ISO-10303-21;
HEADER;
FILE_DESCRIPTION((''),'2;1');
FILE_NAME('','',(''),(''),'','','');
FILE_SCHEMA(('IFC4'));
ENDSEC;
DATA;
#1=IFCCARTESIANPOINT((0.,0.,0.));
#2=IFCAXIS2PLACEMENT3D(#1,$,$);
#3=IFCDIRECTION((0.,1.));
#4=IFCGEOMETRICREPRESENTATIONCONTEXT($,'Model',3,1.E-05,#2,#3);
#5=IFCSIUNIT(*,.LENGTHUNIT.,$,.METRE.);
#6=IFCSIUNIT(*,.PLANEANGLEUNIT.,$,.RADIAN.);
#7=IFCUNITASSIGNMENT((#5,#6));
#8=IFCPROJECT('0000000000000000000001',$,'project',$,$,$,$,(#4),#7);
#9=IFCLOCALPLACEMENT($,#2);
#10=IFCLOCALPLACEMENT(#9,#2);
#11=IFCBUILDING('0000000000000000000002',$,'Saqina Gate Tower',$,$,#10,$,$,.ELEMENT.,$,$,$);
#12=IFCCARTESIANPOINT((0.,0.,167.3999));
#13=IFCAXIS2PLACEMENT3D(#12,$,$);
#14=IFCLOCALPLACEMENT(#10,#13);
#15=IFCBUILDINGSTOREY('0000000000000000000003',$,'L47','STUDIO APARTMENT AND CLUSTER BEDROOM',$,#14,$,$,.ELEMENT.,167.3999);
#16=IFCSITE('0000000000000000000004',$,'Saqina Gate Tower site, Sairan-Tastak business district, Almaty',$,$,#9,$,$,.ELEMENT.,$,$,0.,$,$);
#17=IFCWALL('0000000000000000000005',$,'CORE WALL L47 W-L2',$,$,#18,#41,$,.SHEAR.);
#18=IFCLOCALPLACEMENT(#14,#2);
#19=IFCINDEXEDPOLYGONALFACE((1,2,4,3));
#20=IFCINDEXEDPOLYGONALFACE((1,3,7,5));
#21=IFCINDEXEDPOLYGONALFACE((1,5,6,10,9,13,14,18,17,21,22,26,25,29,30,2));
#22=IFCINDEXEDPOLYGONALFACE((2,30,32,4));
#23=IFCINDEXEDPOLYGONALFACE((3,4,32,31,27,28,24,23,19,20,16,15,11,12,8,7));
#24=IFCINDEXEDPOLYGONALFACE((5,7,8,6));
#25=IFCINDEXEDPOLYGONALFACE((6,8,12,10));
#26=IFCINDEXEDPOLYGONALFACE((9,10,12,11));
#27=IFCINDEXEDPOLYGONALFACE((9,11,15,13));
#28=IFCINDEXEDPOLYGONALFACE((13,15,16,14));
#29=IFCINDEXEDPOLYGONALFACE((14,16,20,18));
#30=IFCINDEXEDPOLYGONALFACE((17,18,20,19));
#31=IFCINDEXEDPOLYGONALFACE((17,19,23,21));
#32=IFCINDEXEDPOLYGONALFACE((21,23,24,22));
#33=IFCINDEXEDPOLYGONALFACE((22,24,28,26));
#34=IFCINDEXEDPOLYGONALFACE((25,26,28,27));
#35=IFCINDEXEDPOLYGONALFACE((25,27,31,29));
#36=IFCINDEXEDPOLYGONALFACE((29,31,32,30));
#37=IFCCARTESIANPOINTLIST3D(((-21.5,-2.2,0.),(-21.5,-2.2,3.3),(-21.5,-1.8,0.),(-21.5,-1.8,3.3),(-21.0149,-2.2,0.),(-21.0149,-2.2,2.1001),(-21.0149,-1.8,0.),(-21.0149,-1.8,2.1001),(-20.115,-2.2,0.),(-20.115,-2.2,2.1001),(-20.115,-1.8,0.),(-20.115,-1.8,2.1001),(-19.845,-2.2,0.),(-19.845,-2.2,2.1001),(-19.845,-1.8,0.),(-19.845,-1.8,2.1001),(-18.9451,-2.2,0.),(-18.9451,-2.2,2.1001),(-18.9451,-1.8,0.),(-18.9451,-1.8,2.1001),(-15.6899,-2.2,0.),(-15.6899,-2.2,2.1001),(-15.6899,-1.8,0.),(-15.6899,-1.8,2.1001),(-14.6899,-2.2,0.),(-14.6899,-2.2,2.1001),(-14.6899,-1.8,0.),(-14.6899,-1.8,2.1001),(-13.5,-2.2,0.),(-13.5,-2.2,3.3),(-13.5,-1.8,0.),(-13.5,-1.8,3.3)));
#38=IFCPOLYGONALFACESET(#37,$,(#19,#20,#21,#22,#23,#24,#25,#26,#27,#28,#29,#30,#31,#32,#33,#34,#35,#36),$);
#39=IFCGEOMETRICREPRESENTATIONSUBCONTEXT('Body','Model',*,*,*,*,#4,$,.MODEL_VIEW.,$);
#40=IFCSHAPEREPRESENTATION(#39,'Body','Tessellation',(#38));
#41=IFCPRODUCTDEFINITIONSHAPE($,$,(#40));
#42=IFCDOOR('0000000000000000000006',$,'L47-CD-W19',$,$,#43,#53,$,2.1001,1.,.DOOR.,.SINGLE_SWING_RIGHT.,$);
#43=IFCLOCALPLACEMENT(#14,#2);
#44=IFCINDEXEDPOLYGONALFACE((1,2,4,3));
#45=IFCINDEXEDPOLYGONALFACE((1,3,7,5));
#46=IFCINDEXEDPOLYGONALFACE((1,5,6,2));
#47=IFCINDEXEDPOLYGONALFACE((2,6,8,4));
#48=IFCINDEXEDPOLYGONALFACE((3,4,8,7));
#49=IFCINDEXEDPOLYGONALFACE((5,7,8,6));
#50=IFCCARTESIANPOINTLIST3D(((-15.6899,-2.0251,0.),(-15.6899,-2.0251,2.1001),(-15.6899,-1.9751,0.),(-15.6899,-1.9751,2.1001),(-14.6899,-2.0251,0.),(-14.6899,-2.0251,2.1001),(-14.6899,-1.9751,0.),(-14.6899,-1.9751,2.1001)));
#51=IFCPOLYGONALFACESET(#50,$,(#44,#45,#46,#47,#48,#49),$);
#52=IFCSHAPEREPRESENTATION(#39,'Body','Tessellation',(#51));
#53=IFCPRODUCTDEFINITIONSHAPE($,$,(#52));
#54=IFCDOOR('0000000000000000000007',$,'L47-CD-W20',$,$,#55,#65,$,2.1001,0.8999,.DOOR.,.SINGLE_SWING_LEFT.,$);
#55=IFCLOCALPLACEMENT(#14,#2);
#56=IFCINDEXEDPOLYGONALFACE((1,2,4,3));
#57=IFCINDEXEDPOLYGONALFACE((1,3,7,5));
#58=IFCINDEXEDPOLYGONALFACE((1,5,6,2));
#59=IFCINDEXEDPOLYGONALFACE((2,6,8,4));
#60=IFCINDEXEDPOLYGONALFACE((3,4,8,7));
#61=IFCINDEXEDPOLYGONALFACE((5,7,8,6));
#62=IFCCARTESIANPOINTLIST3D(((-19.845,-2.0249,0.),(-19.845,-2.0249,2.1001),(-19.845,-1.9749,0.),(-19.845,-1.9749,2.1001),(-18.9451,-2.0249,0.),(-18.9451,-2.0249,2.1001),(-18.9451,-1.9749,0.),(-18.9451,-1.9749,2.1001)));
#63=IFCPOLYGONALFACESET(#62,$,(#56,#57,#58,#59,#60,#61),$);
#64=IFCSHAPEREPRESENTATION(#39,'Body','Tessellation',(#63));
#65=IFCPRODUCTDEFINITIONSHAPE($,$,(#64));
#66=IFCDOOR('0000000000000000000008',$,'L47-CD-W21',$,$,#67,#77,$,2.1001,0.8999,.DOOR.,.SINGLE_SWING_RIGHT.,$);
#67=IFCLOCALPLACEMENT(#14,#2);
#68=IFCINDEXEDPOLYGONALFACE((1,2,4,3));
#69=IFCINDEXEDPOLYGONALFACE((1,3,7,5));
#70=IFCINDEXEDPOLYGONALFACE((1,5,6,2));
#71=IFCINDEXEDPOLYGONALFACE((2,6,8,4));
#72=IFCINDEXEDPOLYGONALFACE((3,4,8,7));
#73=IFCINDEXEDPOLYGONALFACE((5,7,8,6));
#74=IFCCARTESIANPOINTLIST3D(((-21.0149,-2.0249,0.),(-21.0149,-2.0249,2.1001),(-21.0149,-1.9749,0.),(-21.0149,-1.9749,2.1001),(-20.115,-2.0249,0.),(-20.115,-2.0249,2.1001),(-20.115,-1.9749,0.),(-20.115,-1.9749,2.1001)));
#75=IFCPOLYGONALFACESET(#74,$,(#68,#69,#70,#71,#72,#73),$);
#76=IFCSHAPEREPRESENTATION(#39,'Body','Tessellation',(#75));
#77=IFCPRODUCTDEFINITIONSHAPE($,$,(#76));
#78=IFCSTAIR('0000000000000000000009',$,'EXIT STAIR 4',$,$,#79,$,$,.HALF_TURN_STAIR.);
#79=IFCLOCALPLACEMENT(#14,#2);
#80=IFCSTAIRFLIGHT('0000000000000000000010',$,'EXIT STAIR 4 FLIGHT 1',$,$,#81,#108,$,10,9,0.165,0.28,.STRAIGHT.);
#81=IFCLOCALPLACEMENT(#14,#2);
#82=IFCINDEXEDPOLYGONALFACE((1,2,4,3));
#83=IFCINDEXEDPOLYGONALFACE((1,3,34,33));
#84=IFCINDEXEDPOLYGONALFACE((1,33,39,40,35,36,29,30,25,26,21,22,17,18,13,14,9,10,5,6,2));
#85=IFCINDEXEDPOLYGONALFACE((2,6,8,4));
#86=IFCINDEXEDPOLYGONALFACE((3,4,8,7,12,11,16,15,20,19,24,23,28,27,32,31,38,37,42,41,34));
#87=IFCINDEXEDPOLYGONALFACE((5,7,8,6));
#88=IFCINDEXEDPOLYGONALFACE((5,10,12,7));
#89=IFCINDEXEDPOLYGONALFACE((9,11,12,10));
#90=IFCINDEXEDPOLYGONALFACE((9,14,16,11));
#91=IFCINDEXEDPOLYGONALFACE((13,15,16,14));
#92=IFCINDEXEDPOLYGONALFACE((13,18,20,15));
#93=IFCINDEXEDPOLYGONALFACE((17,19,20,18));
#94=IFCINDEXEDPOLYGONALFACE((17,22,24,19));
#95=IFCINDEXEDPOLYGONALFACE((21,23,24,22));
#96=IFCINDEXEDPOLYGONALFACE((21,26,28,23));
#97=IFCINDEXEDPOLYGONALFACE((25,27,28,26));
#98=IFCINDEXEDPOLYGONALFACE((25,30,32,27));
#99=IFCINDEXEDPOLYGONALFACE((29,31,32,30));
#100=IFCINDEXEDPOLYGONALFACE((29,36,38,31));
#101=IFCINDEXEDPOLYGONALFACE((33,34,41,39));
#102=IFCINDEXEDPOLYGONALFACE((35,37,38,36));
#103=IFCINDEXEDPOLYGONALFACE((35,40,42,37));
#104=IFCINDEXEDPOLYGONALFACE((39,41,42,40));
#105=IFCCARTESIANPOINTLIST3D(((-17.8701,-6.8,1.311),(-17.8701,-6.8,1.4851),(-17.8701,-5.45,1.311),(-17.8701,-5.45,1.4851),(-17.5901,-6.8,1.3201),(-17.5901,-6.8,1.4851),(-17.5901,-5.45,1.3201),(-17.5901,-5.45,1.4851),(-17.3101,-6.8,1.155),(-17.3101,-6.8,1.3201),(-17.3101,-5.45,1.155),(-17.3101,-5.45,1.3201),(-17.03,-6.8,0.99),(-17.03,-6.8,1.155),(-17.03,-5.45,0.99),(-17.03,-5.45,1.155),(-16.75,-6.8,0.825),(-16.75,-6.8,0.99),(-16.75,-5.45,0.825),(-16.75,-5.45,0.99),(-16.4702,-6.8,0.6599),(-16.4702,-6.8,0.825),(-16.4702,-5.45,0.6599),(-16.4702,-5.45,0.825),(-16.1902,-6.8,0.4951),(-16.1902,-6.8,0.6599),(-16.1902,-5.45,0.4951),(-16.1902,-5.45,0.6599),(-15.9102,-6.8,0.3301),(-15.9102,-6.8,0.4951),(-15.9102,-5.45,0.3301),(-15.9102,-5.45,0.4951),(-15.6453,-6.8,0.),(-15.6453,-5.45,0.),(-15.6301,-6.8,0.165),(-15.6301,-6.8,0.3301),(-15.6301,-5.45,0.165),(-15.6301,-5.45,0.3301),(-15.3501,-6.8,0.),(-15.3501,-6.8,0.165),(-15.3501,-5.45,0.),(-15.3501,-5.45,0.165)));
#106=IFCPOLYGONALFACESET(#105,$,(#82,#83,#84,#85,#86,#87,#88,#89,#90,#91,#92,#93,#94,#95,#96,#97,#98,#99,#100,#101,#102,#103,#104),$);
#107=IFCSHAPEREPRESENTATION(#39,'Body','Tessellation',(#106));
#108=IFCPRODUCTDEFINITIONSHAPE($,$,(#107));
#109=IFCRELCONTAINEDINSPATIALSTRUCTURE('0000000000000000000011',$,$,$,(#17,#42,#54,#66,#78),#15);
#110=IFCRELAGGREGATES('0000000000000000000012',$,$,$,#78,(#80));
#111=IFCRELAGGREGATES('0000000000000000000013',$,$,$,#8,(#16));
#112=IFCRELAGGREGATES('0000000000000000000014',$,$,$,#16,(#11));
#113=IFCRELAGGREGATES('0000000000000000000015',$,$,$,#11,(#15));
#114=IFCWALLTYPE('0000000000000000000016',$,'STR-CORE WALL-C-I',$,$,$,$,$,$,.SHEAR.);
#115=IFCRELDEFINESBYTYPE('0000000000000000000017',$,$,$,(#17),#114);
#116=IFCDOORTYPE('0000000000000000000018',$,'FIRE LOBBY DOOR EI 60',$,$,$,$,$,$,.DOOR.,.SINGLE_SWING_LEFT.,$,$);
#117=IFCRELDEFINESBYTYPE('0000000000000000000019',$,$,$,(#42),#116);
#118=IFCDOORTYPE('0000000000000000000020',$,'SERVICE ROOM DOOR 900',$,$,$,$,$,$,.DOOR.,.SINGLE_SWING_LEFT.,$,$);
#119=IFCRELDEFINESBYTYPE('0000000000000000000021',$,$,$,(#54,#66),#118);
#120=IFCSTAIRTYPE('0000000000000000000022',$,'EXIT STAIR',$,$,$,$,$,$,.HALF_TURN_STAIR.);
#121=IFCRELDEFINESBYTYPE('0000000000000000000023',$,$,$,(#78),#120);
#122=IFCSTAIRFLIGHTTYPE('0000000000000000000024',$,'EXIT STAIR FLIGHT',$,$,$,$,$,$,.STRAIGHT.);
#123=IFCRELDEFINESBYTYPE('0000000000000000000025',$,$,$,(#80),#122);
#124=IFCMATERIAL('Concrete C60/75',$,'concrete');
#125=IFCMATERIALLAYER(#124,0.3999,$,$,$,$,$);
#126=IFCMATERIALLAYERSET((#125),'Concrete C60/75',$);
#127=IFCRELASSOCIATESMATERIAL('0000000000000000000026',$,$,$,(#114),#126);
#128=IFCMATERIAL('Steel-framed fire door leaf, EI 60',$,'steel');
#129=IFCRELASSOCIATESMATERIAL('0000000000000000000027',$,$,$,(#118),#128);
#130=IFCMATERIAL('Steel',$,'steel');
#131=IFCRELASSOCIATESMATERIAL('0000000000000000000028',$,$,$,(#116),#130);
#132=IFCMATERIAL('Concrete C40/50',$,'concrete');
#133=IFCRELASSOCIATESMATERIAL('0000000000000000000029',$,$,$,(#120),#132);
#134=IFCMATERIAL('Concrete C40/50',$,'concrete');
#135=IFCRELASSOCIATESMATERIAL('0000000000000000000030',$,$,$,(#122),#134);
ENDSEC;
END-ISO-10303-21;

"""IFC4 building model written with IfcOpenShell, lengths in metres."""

from ifc_helpers import new_model, si_unit, direction, frame, frame_2d, origin, place, context, subcontext, project, spatial, polyline, rectangle, outline, extrude, material, layer, layer_set, type_object, element, fill, aggregate, save


model = new_model("IFC4")

# Units and contexts
model_context = context("Model", 3, precision=1e-05, world=origin(), true_north=direction((0.0, 1.0)))
body_context = subcontext(model_context, "Body", "Model", "MODEL_VIEW")
ifc_project = project(units=[si_unit("LENGTHUNIT", "METRE"), si_unit("PLANEANGLEUNIT", "RADIAN")], contexts=[model_context])

# Site, building, storey
site_placement = place(None, origin())
site = spatial("IfcSite", under=ifc_project, at=site_placement, Name="Saqina Gate Tower site, Sairan-Tastak business district, Almaty", CompositionType="ELEMENT", RefElevation=0.0)
building_placement = place(site_placement, origin())
building = spatial("IfcBuilding", under=site, at=building_placement, Name="Saqina Gate Tower", CompositionType="ELEMENT")
storey_placement = place(building_placement, frame((0.0, 0.0, 167.3999)))
storey = spatial("IfcBuildingStorey", under=building, at=storey_placement, Name="L47", Description="STUDIO APARTMENT AND CLUSTER BEDROOM", CompositionType="ELEMENT", Elevation=167.3999)

# Wall, openings, doors
ifc_material_1 = material(Name="Concrete C60/75", Category="concrete")
ifc_layer_1 = layer(ifc_material_1, 0.3999)
ifc_layer_set_1 = layer_set([ifc_layer_1], Name="Concrete C60/75")
wall_type_1 = type_object("IfcWallType", Name="STR-CORE WALL-C-I", PredefinedType="SHEAR", material=ifc_layer_set_1)
ifc_material_2 = material(Name="Steel-framed fire door leaf, EI 60", Category="steel")
door_type_1 = type_object("IfcDoorType", Name="SERVICE ROOM DOOR 900", OperationType="SINGLE_SWING_LEFT", PredefinedType="DOOR", material=ifc_material_2)
wall_1_placement = place(storey_placement, frame((-13.5, -2.0, 0.0), z_axis=(0.0, 0.0, 1.0), x_axis=(-1.0, 0.0, 0.0)))
wall_1 = element("IfcWall", 1, at=wall_1_placement, inside=storey, type_object=wall_type_1, Name="CORE WALL L47 W-L2", PredefinedType="SHEAR", context=body_context, shape_type="SweptSolid", body=[
    extrude(rectangle(XDim=8.0, YDim=0.3999, at=frame_2d((4.0, 0.0))), origin(), (0.0, 0.0, 1.0), 3.3),
])
opening_1_placement = place(wall_1_placement, frame((1.1899, 0.0, 0.0)))
opening_1 = element("IfcOpeningElement", 2, at=opening_1_placement, cuts=wall_1, PredefinedType="OPENING", context=body_context, shape_type="SweptSolid", body=[
    extrude(rectangle(XDim=1.0, YDim=2.1001, at=frame_2d((0.5, 1.05))), frame((0.0, 0.2119, 0.0), z_axis=(0.0, -1.0, 0.0), x_axis=(1.0, 0.0, 0.0)), (0.0, 0.0, 1.0), 0.4238),
])
opening_2_placement = place(wall_1_placement, frame((5.4451, 0.0, 0.0)))
opening_2 = element("IfcOpeningElement", 3, at=opening_2_placement, cuts=wall_1, PredefinedType="OPENING", context=body_context, shape_type="SweptSolid", body=[
    extrude(rectangle(XDim=0.8999, YDim=2.1001, at=frame_2d((0.45, 1.05))), frame((0.0, 0.2119, 0.0), z_axis=(0.0, -1.0, 0.0), x_axis=(1.0, 0.0, 0.0)), (0.0, 0.0, 1.0), 0.4238),
])
opening_3_placement = place(wall_1_placement, frame((6.615, 0.0, 0.0)))
opening_3 = element("IfcOpeningElement", 4, at=opening_3_placement, cuts=wall_1, PredefinedType="OPENING", context=body_context, shape_type="SweptSolid", body=[
    extrude(rectangle(XDim=0.8999, YDim=2.1001, at=frame_2d((0.45, 1.05))), frame((0.0, 0.2119, 0.0), z_axis=(0.0, -1.0, 0.0), x_axis=(1.0, 0.0, 0.0)), (0.0, 0.0, 1.0), 0.4238),
])
ifc_material_3 = material(Name="Steel", Category="steel")
door_type_2 = type_object("IfcDoorType", Name="FIRE LOBBY DOOR EI 60", OperationType="SINGLE_SWING_LEFT", PredefinedType="DOOR", material=ifc_material_3)
door_1_placement = place(opening_1_placement, frame((1.0, 0.0, 0.0), z_axis=(0.0, 0.0, 1.0), x_axis=(-1.0, 0.0, 0.0)))
door_1 = element("IfcDoor", 5, at=door_1_placement, inside=storey, type_object=door_type_2, Name="L47-CD-W19", OperationType="SINGLE_SWING_RIGHT", OverallHeight=2.1001, OverallWidth=1.0, PredefinedType="DOOR", context=body_context, shape_type="SweptSolid", body=[
    extrude(rectangle(XDim=1.0, YDim=2.1001, at=frame_2d((0.5, 1.05))), frame((0.0, 0.0249, 0.0), z_axis=(0.0, -1.0, 0.0), x_axis=(1.0, 0.0, 0.0)), (0.0, 0.0, 1.0), 0.05),
])
fill(opening_1, door_1)
door_2_placement = place(opening_2_placement, origin())
door_2 = element("IfcDoor", 6, at=door_2_placement, inside=storey, type_object=door_type_1, Name="L47-CD-W20", OperationType="SINGLE_SWING_LEFT", OverallHeight=2.1001, OverallWidth=0.8999, PredefinedType="DOOR", context=body_context, shape_type="SweptSolid", body=[
    extrude(rectangle(XDim=0.8999, YDim=2.1001, at=frame_2d((0.45, 1.05))), frame((0.0, 0.0249, 0.0), z_axis=(0.0, -1.0, 0.0), x_axis=(1.0, 0.0, 0.0)), (0.0, 0.0, 1.0), 0.05),
])
fill(opening_2, door_2)
door_3_placement = place(opening_3_placement, origin())
door_3 = element("IfcDoor", 7, at=door_3_placement, inside=storey, type_object=door_type_1, Name="L47-CD-W21", OperationType="SINGLE_SWING_RIGHT", OverallHeight=2.1001, OverallWidth=0.8999, PredefinedType="DOOR", context=body_context, shape_type="SweptSolid", body=[
    extrude(rectangle(XDim=0.8999, YDim=2.1001, at=frame_2d((0.45, 1.05))), frame((0.0, 0.0249, 0.0), z_axis=(0.0, -1.0, 0.0), x_axis=(1.0, 0.0, 0.0)), (0.0, 0.0, 1.0), 0.05),
])
fill(opening_3, door_3)

# Stair, stair flight
ifc_material_4 = material(Name="Concrete C40/50", Category="concrete")
stair_type = type_object("IfcStairType", Name="EXIT STAIR", PredefinedType="HALF_TURN_STAIR", material=ifc_material_4)
stair_placement = place(storey_placement, origin())
stair = element("IfcStair", 8, at=stair_placement, inside=storey, type_object=stair_type, Name="EXIT STAIR 4", PredefinedType="HALF_TURN_STAIR")
ifc_material_5 = material(Name="Concrete C40/50", Category="concrete")
stair_flight_type = type_object("IfcStairFlightType", Name="EXIT STAIR FLIGHT", PredefinedType="STRAIGHT", material=ifc_material_5)
stair_flight_placement = place(storey_placement, frame((-15.3501, -6.125, 0.0), z_axis=(0.0, 0.0, 1.0), x_axis=(-1.0, 0.0, 0.0)))
stair_flight = element("IfcStairFlight", 9, at=stair_flight_placement, type_object=stair_flight_type, Name="EXIT STAIR 4 FLIGHT 1", NumberOfRisers=10, NumberOfTreads=9, PredefinedType="STRAIGHT", RiserHeight=0.165, TreadLength=0.28, context=body_context, shape_type="SweptSolid", body=[
    extrude(outline(polyline([(0.0, 0.0), (0.0, 0.165), (0.28, 0.165), (0.28, 0.3301), (0.5601, 0.3301), (0.5601, 0.4951), (0.8401, 0.4951), (0.8401, 0.6599), (1.1201, 0.6599), (1.1201, 0.825), (1.3999, 0.825), (1.3999, 0.99), (1.6799, 0.99), (1.6799, 1.155), (1.96, 1.155), (1.96, 1.3201), (2.24, 1.3201), (2.24, 1.4851), (2.52, 1.4851), (2.52, 1.6499), (2.52, 1.311), (0.2952, 0.0), (0.0, 0.0)])), frame((0.0, 0.675, 0.0), z_axis=(0.0, -1.0, 0.0), x_axis=(1.0, 0.0, 0.0)), (0.0, 0.0, 1.0), 1.3501),
])
aggregate(stair, [stair_flight])

save(model, "model.ifc")
